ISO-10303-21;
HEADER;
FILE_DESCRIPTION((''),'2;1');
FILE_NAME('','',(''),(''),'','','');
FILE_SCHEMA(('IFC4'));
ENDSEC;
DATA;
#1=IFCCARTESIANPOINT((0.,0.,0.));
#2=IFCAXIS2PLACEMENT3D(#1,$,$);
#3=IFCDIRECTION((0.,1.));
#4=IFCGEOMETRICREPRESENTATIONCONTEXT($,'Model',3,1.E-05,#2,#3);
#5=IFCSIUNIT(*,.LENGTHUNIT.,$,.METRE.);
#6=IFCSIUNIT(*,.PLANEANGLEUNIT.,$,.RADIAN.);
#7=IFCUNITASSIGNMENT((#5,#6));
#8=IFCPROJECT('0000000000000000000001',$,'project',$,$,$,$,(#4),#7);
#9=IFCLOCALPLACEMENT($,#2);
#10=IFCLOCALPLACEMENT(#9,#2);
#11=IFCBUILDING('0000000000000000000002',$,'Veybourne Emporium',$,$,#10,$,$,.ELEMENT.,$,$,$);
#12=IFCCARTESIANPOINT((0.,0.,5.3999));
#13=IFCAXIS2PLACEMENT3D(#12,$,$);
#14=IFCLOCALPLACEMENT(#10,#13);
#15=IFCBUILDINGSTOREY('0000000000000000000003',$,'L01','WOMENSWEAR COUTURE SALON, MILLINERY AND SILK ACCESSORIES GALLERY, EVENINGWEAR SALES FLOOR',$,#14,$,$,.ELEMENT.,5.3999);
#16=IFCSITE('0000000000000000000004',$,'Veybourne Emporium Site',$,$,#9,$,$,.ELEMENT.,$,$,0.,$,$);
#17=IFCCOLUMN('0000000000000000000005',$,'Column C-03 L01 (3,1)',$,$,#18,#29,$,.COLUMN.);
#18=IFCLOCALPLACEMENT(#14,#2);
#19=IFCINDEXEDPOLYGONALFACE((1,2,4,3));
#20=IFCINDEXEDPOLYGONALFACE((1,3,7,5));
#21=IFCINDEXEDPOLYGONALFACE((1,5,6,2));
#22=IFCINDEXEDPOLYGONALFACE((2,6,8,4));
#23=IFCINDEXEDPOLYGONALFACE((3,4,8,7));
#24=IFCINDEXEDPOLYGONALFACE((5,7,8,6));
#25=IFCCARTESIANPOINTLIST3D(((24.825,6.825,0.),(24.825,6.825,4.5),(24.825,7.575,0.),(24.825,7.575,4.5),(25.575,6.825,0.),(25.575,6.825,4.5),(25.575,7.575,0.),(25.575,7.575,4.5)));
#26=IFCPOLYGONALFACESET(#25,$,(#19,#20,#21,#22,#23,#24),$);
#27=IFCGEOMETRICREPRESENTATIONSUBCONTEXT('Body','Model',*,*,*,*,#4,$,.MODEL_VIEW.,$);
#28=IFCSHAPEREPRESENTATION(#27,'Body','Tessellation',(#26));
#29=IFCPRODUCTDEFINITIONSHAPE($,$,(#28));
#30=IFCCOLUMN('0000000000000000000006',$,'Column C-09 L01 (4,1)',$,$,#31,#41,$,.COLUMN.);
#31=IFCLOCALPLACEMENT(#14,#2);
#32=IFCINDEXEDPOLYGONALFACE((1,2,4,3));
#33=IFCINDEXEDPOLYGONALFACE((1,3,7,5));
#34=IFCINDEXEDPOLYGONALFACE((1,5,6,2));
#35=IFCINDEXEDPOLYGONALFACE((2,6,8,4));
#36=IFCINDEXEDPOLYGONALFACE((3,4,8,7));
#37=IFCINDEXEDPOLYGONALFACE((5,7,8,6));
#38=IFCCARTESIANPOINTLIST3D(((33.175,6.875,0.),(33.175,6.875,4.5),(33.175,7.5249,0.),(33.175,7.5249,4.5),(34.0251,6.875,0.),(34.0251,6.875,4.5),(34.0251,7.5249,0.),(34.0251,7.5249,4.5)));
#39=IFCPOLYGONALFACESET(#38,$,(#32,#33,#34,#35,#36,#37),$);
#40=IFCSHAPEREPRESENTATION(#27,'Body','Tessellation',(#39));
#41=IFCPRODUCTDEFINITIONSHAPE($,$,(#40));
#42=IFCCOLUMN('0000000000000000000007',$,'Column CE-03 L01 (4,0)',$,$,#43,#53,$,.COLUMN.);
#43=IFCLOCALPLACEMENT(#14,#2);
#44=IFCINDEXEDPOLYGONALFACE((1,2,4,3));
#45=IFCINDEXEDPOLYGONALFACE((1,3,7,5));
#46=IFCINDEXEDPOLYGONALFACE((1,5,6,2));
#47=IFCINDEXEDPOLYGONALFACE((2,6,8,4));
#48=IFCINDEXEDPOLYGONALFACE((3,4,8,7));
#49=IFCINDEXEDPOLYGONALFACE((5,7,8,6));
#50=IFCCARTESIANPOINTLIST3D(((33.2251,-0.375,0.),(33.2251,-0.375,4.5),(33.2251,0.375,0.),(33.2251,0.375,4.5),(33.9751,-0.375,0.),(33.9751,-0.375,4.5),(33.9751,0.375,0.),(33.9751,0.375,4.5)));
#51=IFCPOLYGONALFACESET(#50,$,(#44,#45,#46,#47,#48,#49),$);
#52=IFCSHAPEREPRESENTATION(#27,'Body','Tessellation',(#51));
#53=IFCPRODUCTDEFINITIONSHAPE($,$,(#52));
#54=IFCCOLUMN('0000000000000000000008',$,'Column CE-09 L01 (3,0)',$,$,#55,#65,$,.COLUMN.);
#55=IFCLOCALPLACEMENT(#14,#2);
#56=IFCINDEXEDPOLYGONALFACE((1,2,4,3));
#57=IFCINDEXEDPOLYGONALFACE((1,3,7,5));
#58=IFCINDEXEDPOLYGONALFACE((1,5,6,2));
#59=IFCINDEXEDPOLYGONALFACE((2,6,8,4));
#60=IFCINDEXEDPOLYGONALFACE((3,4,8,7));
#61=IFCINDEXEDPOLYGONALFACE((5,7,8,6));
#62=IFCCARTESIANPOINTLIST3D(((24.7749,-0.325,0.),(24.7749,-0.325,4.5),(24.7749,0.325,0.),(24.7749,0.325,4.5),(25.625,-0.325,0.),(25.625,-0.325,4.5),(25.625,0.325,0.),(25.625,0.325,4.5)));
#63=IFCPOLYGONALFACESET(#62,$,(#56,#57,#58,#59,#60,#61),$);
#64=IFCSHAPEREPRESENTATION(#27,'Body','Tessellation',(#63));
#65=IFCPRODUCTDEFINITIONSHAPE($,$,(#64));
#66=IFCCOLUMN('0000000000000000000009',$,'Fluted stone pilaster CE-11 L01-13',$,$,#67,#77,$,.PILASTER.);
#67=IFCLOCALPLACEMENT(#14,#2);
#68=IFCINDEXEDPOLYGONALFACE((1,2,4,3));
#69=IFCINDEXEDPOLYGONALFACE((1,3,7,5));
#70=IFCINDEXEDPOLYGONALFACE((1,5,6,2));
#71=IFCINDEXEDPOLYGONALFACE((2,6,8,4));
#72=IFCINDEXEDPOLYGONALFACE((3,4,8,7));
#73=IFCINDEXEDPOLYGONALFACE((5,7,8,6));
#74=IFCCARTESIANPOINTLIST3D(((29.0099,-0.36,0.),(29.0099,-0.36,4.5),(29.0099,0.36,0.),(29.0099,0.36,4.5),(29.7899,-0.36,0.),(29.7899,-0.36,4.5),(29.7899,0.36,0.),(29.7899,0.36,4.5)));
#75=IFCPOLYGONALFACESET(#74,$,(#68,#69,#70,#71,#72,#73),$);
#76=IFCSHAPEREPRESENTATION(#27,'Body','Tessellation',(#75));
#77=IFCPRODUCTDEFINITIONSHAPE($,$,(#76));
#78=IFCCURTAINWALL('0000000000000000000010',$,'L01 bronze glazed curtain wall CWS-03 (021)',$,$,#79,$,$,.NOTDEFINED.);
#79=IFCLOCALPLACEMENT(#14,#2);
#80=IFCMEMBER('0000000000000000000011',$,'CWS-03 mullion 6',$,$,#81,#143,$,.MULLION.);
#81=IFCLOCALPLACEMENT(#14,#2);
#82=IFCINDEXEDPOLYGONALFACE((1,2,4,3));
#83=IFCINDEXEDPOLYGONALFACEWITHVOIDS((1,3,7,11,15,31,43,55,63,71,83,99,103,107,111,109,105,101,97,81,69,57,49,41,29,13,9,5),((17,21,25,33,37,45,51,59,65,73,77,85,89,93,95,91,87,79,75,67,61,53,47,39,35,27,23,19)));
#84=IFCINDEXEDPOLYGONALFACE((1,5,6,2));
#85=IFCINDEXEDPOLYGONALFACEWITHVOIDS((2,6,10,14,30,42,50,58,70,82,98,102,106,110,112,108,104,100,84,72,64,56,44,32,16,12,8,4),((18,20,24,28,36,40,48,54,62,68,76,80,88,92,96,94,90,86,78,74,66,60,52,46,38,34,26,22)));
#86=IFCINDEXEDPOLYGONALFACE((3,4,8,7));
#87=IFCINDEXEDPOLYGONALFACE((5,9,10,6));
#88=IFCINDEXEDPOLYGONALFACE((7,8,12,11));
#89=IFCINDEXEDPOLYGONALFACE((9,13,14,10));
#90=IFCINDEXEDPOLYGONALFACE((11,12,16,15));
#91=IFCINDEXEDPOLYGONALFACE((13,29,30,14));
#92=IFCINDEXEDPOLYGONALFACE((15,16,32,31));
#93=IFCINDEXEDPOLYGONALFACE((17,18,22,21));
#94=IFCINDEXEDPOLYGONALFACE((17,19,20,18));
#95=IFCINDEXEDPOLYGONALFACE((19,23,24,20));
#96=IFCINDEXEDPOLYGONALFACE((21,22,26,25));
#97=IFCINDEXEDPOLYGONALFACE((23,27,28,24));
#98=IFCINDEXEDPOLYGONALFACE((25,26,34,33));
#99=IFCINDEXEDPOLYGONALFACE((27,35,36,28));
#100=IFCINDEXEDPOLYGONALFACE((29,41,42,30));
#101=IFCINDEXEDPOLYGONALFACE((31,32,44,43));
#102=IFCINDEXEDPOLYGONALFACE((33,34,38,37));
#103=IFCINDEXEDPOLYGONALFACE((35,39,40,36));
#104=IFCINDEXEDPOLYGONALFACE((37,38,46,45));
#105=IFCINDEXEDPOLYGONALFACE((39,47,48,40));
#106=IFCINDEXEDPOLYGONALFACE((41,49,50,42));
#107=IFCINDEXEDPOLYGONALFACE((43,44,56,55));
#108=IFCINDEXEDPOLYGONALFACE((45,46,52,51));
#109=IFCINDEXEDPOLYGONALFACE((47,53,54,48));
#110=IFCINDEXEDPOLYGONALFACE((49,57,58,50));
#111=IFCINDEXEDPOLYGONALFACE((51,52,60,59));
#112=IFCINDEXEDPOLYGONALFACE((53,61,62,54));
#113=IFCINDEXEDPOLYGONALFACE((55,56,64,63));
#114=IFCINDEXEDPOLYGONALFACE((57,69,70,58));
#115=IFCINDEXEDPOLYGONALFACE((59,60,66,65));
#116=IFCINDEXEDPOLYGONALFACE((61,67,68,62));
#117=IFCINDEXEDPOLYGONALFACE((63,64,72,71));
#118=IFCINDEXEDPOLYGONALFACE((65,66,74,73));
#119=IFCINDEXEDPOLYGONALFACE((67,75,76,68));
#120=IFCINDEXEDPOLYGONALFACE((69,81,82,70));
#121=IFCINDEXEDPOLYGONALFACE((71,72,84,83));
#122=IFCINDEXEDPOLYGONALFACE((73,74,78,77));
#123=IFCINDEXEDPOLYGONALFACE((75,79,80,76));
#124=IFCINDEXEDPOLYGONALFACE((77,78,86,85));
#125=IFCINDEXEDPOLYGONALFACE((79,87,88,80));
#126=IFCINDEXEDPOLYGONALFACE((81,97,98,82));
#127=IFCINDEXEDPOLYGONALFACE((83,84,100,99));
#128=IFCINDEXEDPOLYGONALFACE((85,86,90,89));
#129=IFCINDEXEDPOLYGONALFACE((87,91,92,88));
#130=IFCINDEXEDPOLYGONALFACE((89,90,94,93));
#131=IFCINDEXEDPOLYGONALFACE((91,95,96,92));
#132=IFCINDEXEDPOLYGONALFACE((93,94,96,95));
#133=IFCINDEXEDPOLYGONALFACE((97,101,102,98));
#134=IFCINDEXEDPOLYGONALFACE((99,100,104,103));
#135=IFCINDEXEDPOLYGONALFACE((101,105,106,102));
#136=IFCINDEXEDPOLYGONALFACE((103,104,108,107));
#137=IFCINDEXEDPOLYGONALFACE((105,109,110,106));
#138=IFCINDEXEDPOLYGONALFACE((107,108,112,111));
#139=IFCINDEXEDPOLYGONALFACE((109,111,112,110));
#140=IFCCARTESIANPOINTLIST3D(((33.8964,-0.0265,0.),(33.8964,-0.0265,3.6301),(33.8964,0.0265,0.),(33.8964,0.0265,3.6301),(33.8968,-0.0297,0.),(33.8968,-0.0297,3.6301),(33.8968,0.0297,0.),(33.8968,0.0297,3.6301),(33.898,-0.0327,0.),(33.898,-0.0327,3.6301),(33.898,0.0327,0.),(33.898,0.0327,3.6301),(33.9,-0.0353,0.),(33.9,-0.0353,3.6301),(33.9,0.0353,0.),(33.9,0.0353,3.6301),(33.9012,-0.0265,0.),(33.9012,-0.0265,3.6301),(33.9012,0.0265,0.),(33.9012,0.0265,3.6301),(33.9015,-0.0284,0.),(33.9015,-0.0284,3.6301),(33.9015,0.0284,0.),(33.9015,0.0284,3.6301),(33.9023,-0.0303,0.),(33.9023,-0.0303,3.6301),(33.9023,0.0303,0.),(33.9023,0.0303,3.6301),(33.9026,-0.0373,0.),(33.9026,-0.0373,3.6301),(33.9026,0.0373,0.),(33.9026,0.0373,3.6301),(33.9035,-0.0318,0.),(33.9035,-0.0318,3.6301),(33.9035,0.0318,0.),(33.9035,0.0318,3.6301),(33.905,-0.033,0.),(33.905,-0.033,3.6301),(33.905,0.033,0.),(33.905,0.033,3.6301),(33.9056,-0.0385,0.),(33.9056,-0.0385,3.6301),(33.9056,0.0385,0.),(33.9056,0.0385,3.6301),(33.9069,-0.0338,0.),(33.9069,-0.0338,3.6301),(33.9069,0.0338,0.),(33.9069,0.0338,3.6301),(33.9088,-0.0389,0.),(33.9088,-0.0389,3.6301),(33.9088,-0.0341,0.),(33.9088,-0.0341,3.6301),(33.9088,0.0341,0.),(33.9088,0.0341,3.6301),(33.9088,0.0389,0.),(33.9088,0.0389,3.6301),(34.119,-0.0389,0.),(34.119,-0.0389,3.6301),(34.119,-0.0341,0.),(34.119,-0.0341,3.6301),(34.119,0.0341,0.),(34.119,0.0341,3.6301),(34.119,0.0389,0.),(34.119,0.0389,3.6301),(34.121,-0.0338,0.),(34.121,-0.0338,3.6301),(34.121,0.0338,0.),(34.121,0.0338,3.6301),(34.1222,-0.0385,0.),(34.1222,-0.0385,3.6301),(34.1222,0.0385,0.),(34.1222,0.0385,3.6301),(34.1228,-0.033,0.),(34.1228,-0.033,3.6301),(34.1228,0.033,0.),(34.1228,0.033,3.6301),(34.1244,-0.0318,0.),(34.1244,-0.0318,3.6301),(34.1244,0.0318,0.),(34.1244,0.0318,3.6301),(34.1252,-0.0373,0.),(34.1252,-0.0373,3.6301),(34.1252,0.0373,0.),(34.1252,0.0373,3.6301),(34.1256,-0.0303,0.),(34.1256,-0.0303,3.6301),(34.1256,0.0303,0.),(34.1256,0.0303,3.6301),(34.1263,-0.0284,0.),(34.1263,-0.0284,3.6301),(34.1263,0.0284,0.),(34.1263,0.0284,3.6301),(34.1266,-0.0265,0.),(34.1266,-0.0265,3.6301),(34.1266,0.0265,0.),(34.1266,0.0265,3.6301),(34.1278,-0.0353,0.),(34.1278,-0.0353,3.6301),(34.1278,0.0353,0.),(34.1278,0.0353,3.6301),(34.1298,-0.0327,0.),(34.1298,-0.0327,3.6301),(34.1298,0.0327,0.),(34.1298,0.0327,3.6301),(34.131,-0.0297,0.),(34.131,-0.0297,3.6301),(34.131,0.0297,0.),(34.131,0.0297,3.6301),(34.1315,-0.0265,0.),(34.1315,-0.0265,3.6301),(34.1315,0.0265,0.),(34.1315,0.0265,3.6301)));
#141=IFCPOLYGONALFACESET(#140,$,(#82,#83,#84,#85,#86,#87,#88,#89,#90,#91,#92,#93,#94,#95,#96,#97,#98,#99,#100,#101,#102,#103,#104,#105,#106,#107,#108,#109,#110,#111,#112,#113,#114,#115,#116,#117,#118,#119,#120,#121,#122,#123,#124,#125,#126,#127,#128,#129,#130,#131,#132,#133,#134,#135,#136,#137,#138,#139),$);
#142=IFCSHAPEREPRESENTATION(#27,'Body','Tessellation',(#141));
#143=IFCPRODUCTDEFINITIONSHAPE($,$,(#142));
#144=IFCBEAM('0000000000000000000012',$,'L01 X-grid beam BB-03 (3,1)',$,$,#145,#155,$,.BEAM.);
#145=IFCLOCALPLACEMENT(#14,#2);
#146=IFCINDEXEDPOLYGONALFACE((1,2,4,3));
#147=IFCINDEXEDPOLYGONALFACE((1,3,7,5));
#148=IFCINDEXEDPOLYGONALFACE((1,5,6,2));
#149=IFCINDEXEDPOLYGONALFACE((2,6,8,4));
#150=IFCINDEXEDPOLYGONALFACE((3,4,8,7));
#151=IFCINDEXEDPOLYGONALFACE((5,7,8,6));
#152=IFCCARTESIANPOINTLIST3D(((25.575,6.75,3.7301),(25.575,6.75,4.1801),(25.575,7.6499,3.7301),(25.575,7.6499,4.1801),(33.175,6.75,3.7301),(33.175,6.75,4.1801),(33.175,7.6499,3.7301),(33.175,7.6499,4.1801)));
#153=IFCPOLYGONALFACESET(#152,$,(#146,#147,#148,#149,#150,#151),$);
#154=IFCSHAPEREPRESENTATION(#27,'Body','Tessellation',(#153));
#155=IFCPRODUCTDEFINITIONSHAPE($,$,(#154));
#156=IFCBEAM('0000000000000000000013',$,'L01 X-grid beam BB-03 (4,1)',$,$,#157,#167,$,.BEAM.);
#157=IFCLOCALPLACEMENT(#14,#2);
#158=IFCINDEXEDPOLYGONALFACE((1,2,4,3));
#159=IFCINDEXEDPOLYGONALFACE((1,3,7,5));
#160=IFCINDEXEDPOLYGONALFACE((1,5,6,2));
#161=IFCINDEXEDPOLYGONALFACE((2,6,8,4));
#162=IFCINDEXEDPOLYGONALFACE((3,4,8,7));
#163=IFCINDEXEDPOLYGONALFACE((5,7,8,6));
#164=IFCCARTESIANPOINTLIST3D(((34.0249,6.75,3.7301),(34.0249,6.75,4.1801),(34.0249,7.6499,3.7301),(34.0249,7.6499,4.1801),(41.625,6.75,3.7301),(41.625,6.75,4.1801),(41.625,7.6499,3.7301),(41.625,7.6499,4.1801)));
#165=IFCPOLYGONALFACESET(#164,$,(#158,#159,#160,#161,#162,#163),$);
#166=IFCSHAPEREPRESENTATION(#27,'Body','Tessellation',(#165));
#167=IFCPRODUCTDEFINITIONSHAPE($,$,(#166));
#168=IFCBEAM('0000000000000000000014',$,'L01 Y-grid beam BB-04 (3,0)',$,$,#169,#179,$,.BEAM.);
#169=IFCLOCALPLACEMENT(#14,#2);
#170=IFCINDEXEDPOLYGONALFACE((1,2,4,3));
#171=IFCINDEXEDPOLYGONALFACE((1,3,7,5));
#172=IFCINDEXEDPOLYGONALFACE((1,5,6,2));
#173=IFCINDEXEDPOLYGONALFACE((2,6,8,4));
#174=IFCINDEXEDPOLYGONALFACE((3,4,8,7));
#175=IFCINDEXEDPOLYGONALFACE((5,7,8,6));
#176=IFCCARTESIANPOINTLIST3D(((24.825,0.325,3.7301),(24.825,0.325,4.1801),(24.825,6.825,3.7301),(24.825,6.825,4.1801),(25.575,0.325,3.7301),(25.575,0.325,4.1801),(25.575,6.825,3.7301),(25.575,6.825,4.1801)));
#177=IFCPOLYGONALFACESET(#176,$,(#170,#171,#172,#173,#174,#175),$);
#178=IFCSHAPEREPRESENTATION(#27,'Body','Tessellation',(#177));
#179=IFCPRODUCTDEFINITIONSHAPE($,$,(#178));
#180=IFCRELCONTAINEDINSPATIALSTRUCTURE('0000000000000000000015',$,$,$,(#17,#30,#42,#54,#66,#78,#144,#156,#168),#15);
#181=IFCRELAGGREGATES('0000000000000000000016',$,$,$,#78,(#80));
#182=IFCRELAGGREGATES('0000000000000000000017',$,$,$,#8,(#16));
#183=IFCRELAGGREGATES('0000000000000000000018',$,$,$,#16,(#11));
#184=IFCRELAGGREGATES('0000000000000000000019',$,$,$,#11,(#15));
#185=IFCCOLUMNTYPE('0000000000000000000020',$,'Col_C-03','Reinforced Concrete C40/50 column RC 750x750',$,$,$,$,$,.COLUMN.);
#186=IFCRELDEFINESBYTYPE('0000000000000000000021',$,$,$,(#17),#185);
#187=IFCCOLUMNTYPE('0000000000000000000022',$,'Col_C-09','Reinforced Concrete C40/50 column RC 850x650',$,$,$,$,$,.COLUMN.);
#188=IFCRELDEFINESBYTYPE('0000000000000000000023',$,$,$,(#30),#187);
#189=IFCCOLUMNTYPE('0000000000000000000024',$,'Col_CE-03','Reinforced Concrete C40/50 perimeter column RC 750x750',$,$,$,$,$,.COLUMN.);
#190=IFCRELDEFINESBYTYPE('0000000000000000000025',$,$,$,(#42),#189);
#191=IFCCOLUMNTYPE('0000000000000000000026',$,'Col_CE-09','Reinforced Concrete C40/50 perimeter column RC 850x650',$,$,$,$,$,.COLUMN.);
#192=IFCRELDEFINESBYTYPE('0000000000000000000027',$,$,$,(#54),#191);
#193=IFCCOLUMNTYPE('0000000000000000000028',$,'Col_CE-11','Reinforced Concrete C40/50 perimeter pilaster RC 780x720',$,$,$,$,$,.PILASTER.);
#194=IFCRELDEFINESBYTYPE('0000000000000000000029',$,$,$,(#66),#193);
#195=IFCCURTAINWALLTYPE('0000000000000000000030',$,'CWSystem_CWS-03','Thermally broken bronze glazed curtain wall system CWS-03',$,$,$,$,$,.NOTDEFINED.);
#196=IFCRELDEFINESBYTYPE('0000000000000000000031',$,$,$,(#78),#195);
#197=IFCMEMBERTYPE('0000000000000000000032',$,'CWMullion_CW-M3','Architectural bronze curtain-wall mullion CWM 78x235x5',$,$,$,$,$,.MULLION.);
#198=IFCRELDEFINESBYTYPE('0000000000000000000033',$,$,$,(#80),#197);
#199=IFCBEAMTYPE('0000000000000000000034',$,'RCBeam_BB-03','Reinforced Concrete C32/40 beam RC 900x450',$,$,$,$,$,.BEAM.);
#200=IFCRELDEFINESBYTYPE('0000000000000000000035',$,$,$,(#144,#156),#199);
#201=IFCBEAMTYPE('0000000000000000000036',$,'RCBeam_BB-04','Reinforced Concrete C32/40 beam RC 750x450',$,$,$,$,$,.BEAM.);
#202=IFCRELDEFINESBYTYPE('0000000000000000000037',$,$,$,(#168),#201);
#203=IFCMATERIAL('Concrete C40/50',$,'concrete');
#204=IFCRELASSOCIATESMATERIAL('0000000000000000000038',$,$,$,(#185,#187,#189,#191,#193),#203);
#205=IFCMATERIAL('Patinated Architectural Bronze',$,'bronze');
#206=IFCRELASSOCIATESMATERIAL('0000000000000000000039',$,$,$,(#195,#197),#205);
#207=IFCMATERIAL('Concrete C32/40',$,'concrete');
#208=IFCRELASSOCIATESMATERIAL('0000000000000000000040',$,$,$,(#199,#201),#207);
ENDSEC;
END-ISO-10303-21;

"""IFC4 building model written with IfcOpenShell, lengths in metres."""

from ifc_helpers import new_model, si_unit, direction, frame, origin, origin_2d, place, context, subcontext, project, spatial, rectangle, hollow_rectangle, extrude, material, material_profile, profile_set, type_object, element, aggregate, save


model = new_model("IFC4")

# Units and contexts
model_context = context("Model", 3, precision=1e-05, world=origin(), true_north=direction((0.0, 1.0)))
body_context = subcontext(model_context, "Body", "Model", "MODEL_VIEW")
ifc_project = project(units=[si_unit("LENGTHUNIT", "METRE"), si_unit("PLANEANGLEUNIT", "RADIAN")], contexts=[model_context])

# Site, building, storey
site_placement = place(None, origin())
site = spatial("IfcSite", under=ifc_project, at=site_placement, Name="Veybourne Emporium Site", CompositionType="ELEMENT", RefElevation=0.0)
building_placement = place(site_placement, origin())
building = spatial("IfcBuilding", under=site, at=building_placement, Name="Veybourne Emporium", CompositionType="ELEMENT")
storey_placement = place(building_placement, frame((0.0, 0.0, 5.3999)))
storey = spatial("IfcBuildingStorey", under=building, at=storey_placement, Name="L01", Description="WOMENSWEAR COUTURE SALON, MILLINERY AND SILK ACCESSORIES GALLERY, EVENINGWEAR SALES FLOOR", CompositionType="ELEMENT", Elevation=5.3999)

# Columns
ifc_material_1 = material(Name="Concrete C40/50", Category="concrete")
ifc_material_profile_1 = material_profile(ifc_material_1, rectangle(XDim=0.75, YDim=0.75, at=origin_2d()), Name="RC 750x750")
ifc_profile_set_1 = profile_set([ifc_material_profile_1], Name="Concrete C40/50")
column_type_1 = type_object("IfcColumnType", Name="Col_C-03", Description="Reinforced Concrete C40/50 column RC 750x750", PredefinedType="COLUMN", material=ifc_profile_set_1)
column_1_placement = place(storey_placement, frame((25.2, 7.2, 0.0), z_axis=(0.0, 0.0, 1.0), x_axis=(1.0, 0.0, 0.0)))
element("IfcColumn", 1, at=column_1_placement, inside=storey, type_object=column_type_1, Name="Column C-03 L01 (3,1)", PredefinedType="COLUMN", context=body_context, shape_type="SweptSolid", body=[
    extrude(rectangle(XDim=0.75, YDim=0.75, at=origin_2d()), origin(), (0.0, 0.0, 1.0), 4.5),
])
ifc_material_profile_2 = material_profile(ifc_material_1, rectangle(XDim=0.8501, YDim=0.6499, at=origin_2d()), Name="RC 850x650")
ifc_profile_set_2 = profile_set([ifc_material_profile_2], Name="Concrete C40/50")
column_type_2 = type_object("IfcColumnType", Name="Col_C-09", Description="Reinforced Concrete C40/50 column RC 850x650", PredefinedType="COLUMN", material=ifc_profile_set_2)
column_2_placement = place(storey_placement, frame((33.6001, 7.2, 0.0), z_axis=(0.0, 0.0, 1.0), x_axis=(1.0, 0.0, 0.0)))
element("IfcColumn", 2, at=column_2_placement, inside=storey, type_object=column_type_2, Name="Column C-09 L01 (4,1)", PredefinedType="COLUMN", context=body_context, shape_type="SweptSolid", body=[
    extrude(rectangle(XDim=0.8501, YDim=0.6499, at=origin_2d()), origin(), (0.0, 0.0, 1.0), 4.5),
])
ifc_material_profile_3 = material_profile(ifc_material_1, rectangle(XDim=0.75, YDim=0.75, at=origin_2d()), Name="RC 750x750")
ifc_profile_set_3 = profile_set([ifc_material_profile_3], Name="Concrete C40/50")
column_type_3 = type_object("IfcColumnType", Name="Col_CE-03", Description="Reinforced Concrete C40/50 perimeter column RC 750x750", PredefinedType="COLUMN", material=ifc_profile_set_3)
column_3_placement = place(storey_placement, frame((33.6001, 0.0, 0.0), z_axis=(0.0, 0.0, 1.0), x_axis=(1.0, 0.0, 0.0)))
element("IfcColumn", 3, at=column_3_placement, inside=storey, type_object=column_type_3, Name="Column CE-03 L01 (4,0)", PredefinedType="COLUMN", context=body_context, shape_type="SweptSolid", body=[
    extrude(rectangle(XDim=0.75, YDim=0.75, at=origin_2d()), origin(), (0.0, 0.0, 1.0), 4.5),
])
ifc_material_profile_4 = material_profile(ifc_material_1, rectangle(XDim=0.8501, YDim=0.6499, at=origin_2d()), Name="RC 850x650")
ifc_profile_set_4 = profile_set([ifc_material_profile_4], Name="Concrete C40/50")
column_type_4 = type_object("IfcColumnType", Name="Col_CE-09", Description="Reinforced Concrete C40/50 perimeter column RC 850x650", PredefinedType="COLUMN", material=ifc_profile_set_4)
column_4_placement = place(storey_placement, frame((25.2, 0.0, 0.0), z_axis=(0.0, 0.0, 1.0), x_axis=(1.0, 0.0, 0.0)))
element("IfcColumn", 4, at=column_4_placement, inside=storey, type_object=column_type_4, Name="Column CE-09 L01 (3,0)", PredefinedType="COLUMN", context=body_context, shape_type="SweptSolid", body=[
    extrude(rectangle(XDim=0.8501, YDim=0.6499, at=origin_2d()), origin(), (0.0, 0.0, 1.0), 4.5),
])
ifc_material_profile_5 = material_profile(ifc_material_1, rectangle(XDim=0.78, YDim=0.72, at=origin_2d()), Name="RC 780x720")
ifc_profile_set_5 = profile_set([ifc_material_profile_5], Name="Concrete C40/50")
column_type_5 = type_object("IfcColumnType", Name="Col_CE-11", Description="Reinforced Concrete C40/50 perimeter pilaster RC 780x720", PredefinedType="PILASTER", material=ifc_profile_set_5)
column_5_placement = place(storey_placement, frame((29.3999, 0.0, 0.0), z_axis=(0.0, 0.0, 1.0), x_axis=(1.0, 0.0, 0.0)))
element("IfcColumn", 5, at=column_5_placement, inside=storey, type_object=column_type_5, Name="Fluted stone pilaster CE-11 L01-13", PredefinedType="PILASTER", context=body_context, shape_type="SweptSolid", body=[
    extrude(rectangle(XDim=0.78, YDim=0.72, at=origin_2d()), origin(), (0.0, 0.0, 1.0), 4.5),
])

# Curtain wall, member
ifc_material_2 = material(Name="Patinated Architectural Bronze", Category="bronze")
curtain_wall_type = type_object("IfcCurtainWallType", Name="CWSystem_CWS-03", Description="Thermally broken bronze glazed curtain wall system CWS-03", PredefinedType="NOTDEFINED", material=ifc_material_2)
curtain_wall_placement = place(storey_placement, origin())
curtain_wall = element("IfcCurtainWall", 6, at=curtain_wall_placement, inside=storey, type_object=curtain_wall_type, Name="L01 bronze glazed curtain wall CWS-03 (021)", PredefinedType="NOTDEFINED")
ifc_material_profile_6 = material_profile(ifc_material_2, hollow_rectangle(XDim=0.0779, YDim=0.2351, WallThickness=0.0049, InnerFilletRadius=0.0076, OuterFilletRadius=0.0125, at=origin_2d()), Name="CWM 78x235x5")
ifc_profile_set_6 = profile_set([ifc_material_profile_6], Name="Patinated Architectural Bronze")
member_type = type_object("IfcMemberType", Name="CWMullion_CW-M3", Description="Architectural bronze curtain-wall mullion CWM 78x235x5", PredefinedType="MULLION", material=ifc_profile_set_6)
member_placement = place(storey_placement, frame((34.0139, 0.0, 0.0), z_axis=(0.0, 0.0, 1.0), x_axis=(0.0, -1.0, 0.0)))
member = element("IfcMember", 7, at=member_placement, type_object=member_type, Name="CWS-03 mullion 6", PredefinedType="MULLION", context=body_context, shape_type="SweptSolid", body=[
    extrude(hollow_rectangle(XDim=0.0779, YDim=0.2351, WallThickness=0.0049, InnerFilletRadius=0.0076, OuterFilletRadius=0.0125, at=origin_2d()), origin(), (0.0, 0.0, 1.0), 3.6301),
])
aggregate(curtain_wall, [member])

# Beams
ifc_material_3 = material(Name="Concrete C32/40", Category="concrete")
ifc_material_profile_7 = material_profile(ifc_material_3, rectangle(XDim=0.8999, YDim=0.45, at=origin_2d()), Name="RC 900x450")
ifc_profile_set_7 = profile_set([ifc_material_profile_7], Name="Concrete C32/40")
beam_type_1 = type_object("IfcBeamType", Name="RCBeam_BB-03", Description="Reinforced Concrete C32/40 beam RC 900x450", PredefinedType="BEAM", material=ifc_profile_set_7)
for number, where, z_axis, x_axis, name in (
    (8, (25.575, 7.2, 3.9551), (1.0, 0.0, 0.0), (0.0, 1.0, 0.0), "L01 X-grid beam BB-03 (3,1)"),
    (9, (34.0249, 7.2, 3.9551), (1.0, 0.0, 0.0), (0.0, 1.0, 0.0), "L01 X-grid beam BB-03 (4,1)"),
):
    element("IfcBeam", number, at=place(storey_placement, frame(where, z_axis=z_axis, x_axis=x_axis)), inside=storey, type_object=beam_type_1, Name=name, PredefinedType="BEAM", context=body_context, shape_type="SweptSolid", body=[
        extrude(rectangle(XDim=0.8999, YDim=0.45, at=origin_2d()), origin(), (0.0, 0.0, 1.0), 7.6001),
    ])
ifc_material_profile_8 = material_profile(ifc_material_3, rectangle(XDim=0.75, YDim=0.45, at=origin_2d()), Name="RC 750x450")
ifc_profile_set_8 = profile_set([ifc_material_profile_8], Name="Concrete C32/40")
beam_type_2 = type_object("IfcBeamType", Name="RCBeam_BB-04", Description="Reinforced Concrete C32/40 beam RC 750x450", PredefinedType="BEAM", material=ifc_profile_set_8)
for number, where, z_axis, x_axis, name in (
    (10, (25.2, 0.325, 3.9551), (0.0, 1.0, 0.0), (-1.0, 0.0, 0.0), "L01 Y-grid beam BB-04 (3,0)"),
):
    element("IfcBeam", number, at=place(storey_placement, frame(where, z_axis=z_axis, x_axis=x_axis)), inside=storey, type_object=beam_type_2, Name=name, PredefinedType="BEAM", context=body_context, shape_type="SweptSolid", body=[
        extrude(rectangle(XDim=0.75, YDim=0.45, at=origin_2d()), origin(), (0.0, 0.0, 1.0), 6.5),
    ])

save(model, "model.ifc")
